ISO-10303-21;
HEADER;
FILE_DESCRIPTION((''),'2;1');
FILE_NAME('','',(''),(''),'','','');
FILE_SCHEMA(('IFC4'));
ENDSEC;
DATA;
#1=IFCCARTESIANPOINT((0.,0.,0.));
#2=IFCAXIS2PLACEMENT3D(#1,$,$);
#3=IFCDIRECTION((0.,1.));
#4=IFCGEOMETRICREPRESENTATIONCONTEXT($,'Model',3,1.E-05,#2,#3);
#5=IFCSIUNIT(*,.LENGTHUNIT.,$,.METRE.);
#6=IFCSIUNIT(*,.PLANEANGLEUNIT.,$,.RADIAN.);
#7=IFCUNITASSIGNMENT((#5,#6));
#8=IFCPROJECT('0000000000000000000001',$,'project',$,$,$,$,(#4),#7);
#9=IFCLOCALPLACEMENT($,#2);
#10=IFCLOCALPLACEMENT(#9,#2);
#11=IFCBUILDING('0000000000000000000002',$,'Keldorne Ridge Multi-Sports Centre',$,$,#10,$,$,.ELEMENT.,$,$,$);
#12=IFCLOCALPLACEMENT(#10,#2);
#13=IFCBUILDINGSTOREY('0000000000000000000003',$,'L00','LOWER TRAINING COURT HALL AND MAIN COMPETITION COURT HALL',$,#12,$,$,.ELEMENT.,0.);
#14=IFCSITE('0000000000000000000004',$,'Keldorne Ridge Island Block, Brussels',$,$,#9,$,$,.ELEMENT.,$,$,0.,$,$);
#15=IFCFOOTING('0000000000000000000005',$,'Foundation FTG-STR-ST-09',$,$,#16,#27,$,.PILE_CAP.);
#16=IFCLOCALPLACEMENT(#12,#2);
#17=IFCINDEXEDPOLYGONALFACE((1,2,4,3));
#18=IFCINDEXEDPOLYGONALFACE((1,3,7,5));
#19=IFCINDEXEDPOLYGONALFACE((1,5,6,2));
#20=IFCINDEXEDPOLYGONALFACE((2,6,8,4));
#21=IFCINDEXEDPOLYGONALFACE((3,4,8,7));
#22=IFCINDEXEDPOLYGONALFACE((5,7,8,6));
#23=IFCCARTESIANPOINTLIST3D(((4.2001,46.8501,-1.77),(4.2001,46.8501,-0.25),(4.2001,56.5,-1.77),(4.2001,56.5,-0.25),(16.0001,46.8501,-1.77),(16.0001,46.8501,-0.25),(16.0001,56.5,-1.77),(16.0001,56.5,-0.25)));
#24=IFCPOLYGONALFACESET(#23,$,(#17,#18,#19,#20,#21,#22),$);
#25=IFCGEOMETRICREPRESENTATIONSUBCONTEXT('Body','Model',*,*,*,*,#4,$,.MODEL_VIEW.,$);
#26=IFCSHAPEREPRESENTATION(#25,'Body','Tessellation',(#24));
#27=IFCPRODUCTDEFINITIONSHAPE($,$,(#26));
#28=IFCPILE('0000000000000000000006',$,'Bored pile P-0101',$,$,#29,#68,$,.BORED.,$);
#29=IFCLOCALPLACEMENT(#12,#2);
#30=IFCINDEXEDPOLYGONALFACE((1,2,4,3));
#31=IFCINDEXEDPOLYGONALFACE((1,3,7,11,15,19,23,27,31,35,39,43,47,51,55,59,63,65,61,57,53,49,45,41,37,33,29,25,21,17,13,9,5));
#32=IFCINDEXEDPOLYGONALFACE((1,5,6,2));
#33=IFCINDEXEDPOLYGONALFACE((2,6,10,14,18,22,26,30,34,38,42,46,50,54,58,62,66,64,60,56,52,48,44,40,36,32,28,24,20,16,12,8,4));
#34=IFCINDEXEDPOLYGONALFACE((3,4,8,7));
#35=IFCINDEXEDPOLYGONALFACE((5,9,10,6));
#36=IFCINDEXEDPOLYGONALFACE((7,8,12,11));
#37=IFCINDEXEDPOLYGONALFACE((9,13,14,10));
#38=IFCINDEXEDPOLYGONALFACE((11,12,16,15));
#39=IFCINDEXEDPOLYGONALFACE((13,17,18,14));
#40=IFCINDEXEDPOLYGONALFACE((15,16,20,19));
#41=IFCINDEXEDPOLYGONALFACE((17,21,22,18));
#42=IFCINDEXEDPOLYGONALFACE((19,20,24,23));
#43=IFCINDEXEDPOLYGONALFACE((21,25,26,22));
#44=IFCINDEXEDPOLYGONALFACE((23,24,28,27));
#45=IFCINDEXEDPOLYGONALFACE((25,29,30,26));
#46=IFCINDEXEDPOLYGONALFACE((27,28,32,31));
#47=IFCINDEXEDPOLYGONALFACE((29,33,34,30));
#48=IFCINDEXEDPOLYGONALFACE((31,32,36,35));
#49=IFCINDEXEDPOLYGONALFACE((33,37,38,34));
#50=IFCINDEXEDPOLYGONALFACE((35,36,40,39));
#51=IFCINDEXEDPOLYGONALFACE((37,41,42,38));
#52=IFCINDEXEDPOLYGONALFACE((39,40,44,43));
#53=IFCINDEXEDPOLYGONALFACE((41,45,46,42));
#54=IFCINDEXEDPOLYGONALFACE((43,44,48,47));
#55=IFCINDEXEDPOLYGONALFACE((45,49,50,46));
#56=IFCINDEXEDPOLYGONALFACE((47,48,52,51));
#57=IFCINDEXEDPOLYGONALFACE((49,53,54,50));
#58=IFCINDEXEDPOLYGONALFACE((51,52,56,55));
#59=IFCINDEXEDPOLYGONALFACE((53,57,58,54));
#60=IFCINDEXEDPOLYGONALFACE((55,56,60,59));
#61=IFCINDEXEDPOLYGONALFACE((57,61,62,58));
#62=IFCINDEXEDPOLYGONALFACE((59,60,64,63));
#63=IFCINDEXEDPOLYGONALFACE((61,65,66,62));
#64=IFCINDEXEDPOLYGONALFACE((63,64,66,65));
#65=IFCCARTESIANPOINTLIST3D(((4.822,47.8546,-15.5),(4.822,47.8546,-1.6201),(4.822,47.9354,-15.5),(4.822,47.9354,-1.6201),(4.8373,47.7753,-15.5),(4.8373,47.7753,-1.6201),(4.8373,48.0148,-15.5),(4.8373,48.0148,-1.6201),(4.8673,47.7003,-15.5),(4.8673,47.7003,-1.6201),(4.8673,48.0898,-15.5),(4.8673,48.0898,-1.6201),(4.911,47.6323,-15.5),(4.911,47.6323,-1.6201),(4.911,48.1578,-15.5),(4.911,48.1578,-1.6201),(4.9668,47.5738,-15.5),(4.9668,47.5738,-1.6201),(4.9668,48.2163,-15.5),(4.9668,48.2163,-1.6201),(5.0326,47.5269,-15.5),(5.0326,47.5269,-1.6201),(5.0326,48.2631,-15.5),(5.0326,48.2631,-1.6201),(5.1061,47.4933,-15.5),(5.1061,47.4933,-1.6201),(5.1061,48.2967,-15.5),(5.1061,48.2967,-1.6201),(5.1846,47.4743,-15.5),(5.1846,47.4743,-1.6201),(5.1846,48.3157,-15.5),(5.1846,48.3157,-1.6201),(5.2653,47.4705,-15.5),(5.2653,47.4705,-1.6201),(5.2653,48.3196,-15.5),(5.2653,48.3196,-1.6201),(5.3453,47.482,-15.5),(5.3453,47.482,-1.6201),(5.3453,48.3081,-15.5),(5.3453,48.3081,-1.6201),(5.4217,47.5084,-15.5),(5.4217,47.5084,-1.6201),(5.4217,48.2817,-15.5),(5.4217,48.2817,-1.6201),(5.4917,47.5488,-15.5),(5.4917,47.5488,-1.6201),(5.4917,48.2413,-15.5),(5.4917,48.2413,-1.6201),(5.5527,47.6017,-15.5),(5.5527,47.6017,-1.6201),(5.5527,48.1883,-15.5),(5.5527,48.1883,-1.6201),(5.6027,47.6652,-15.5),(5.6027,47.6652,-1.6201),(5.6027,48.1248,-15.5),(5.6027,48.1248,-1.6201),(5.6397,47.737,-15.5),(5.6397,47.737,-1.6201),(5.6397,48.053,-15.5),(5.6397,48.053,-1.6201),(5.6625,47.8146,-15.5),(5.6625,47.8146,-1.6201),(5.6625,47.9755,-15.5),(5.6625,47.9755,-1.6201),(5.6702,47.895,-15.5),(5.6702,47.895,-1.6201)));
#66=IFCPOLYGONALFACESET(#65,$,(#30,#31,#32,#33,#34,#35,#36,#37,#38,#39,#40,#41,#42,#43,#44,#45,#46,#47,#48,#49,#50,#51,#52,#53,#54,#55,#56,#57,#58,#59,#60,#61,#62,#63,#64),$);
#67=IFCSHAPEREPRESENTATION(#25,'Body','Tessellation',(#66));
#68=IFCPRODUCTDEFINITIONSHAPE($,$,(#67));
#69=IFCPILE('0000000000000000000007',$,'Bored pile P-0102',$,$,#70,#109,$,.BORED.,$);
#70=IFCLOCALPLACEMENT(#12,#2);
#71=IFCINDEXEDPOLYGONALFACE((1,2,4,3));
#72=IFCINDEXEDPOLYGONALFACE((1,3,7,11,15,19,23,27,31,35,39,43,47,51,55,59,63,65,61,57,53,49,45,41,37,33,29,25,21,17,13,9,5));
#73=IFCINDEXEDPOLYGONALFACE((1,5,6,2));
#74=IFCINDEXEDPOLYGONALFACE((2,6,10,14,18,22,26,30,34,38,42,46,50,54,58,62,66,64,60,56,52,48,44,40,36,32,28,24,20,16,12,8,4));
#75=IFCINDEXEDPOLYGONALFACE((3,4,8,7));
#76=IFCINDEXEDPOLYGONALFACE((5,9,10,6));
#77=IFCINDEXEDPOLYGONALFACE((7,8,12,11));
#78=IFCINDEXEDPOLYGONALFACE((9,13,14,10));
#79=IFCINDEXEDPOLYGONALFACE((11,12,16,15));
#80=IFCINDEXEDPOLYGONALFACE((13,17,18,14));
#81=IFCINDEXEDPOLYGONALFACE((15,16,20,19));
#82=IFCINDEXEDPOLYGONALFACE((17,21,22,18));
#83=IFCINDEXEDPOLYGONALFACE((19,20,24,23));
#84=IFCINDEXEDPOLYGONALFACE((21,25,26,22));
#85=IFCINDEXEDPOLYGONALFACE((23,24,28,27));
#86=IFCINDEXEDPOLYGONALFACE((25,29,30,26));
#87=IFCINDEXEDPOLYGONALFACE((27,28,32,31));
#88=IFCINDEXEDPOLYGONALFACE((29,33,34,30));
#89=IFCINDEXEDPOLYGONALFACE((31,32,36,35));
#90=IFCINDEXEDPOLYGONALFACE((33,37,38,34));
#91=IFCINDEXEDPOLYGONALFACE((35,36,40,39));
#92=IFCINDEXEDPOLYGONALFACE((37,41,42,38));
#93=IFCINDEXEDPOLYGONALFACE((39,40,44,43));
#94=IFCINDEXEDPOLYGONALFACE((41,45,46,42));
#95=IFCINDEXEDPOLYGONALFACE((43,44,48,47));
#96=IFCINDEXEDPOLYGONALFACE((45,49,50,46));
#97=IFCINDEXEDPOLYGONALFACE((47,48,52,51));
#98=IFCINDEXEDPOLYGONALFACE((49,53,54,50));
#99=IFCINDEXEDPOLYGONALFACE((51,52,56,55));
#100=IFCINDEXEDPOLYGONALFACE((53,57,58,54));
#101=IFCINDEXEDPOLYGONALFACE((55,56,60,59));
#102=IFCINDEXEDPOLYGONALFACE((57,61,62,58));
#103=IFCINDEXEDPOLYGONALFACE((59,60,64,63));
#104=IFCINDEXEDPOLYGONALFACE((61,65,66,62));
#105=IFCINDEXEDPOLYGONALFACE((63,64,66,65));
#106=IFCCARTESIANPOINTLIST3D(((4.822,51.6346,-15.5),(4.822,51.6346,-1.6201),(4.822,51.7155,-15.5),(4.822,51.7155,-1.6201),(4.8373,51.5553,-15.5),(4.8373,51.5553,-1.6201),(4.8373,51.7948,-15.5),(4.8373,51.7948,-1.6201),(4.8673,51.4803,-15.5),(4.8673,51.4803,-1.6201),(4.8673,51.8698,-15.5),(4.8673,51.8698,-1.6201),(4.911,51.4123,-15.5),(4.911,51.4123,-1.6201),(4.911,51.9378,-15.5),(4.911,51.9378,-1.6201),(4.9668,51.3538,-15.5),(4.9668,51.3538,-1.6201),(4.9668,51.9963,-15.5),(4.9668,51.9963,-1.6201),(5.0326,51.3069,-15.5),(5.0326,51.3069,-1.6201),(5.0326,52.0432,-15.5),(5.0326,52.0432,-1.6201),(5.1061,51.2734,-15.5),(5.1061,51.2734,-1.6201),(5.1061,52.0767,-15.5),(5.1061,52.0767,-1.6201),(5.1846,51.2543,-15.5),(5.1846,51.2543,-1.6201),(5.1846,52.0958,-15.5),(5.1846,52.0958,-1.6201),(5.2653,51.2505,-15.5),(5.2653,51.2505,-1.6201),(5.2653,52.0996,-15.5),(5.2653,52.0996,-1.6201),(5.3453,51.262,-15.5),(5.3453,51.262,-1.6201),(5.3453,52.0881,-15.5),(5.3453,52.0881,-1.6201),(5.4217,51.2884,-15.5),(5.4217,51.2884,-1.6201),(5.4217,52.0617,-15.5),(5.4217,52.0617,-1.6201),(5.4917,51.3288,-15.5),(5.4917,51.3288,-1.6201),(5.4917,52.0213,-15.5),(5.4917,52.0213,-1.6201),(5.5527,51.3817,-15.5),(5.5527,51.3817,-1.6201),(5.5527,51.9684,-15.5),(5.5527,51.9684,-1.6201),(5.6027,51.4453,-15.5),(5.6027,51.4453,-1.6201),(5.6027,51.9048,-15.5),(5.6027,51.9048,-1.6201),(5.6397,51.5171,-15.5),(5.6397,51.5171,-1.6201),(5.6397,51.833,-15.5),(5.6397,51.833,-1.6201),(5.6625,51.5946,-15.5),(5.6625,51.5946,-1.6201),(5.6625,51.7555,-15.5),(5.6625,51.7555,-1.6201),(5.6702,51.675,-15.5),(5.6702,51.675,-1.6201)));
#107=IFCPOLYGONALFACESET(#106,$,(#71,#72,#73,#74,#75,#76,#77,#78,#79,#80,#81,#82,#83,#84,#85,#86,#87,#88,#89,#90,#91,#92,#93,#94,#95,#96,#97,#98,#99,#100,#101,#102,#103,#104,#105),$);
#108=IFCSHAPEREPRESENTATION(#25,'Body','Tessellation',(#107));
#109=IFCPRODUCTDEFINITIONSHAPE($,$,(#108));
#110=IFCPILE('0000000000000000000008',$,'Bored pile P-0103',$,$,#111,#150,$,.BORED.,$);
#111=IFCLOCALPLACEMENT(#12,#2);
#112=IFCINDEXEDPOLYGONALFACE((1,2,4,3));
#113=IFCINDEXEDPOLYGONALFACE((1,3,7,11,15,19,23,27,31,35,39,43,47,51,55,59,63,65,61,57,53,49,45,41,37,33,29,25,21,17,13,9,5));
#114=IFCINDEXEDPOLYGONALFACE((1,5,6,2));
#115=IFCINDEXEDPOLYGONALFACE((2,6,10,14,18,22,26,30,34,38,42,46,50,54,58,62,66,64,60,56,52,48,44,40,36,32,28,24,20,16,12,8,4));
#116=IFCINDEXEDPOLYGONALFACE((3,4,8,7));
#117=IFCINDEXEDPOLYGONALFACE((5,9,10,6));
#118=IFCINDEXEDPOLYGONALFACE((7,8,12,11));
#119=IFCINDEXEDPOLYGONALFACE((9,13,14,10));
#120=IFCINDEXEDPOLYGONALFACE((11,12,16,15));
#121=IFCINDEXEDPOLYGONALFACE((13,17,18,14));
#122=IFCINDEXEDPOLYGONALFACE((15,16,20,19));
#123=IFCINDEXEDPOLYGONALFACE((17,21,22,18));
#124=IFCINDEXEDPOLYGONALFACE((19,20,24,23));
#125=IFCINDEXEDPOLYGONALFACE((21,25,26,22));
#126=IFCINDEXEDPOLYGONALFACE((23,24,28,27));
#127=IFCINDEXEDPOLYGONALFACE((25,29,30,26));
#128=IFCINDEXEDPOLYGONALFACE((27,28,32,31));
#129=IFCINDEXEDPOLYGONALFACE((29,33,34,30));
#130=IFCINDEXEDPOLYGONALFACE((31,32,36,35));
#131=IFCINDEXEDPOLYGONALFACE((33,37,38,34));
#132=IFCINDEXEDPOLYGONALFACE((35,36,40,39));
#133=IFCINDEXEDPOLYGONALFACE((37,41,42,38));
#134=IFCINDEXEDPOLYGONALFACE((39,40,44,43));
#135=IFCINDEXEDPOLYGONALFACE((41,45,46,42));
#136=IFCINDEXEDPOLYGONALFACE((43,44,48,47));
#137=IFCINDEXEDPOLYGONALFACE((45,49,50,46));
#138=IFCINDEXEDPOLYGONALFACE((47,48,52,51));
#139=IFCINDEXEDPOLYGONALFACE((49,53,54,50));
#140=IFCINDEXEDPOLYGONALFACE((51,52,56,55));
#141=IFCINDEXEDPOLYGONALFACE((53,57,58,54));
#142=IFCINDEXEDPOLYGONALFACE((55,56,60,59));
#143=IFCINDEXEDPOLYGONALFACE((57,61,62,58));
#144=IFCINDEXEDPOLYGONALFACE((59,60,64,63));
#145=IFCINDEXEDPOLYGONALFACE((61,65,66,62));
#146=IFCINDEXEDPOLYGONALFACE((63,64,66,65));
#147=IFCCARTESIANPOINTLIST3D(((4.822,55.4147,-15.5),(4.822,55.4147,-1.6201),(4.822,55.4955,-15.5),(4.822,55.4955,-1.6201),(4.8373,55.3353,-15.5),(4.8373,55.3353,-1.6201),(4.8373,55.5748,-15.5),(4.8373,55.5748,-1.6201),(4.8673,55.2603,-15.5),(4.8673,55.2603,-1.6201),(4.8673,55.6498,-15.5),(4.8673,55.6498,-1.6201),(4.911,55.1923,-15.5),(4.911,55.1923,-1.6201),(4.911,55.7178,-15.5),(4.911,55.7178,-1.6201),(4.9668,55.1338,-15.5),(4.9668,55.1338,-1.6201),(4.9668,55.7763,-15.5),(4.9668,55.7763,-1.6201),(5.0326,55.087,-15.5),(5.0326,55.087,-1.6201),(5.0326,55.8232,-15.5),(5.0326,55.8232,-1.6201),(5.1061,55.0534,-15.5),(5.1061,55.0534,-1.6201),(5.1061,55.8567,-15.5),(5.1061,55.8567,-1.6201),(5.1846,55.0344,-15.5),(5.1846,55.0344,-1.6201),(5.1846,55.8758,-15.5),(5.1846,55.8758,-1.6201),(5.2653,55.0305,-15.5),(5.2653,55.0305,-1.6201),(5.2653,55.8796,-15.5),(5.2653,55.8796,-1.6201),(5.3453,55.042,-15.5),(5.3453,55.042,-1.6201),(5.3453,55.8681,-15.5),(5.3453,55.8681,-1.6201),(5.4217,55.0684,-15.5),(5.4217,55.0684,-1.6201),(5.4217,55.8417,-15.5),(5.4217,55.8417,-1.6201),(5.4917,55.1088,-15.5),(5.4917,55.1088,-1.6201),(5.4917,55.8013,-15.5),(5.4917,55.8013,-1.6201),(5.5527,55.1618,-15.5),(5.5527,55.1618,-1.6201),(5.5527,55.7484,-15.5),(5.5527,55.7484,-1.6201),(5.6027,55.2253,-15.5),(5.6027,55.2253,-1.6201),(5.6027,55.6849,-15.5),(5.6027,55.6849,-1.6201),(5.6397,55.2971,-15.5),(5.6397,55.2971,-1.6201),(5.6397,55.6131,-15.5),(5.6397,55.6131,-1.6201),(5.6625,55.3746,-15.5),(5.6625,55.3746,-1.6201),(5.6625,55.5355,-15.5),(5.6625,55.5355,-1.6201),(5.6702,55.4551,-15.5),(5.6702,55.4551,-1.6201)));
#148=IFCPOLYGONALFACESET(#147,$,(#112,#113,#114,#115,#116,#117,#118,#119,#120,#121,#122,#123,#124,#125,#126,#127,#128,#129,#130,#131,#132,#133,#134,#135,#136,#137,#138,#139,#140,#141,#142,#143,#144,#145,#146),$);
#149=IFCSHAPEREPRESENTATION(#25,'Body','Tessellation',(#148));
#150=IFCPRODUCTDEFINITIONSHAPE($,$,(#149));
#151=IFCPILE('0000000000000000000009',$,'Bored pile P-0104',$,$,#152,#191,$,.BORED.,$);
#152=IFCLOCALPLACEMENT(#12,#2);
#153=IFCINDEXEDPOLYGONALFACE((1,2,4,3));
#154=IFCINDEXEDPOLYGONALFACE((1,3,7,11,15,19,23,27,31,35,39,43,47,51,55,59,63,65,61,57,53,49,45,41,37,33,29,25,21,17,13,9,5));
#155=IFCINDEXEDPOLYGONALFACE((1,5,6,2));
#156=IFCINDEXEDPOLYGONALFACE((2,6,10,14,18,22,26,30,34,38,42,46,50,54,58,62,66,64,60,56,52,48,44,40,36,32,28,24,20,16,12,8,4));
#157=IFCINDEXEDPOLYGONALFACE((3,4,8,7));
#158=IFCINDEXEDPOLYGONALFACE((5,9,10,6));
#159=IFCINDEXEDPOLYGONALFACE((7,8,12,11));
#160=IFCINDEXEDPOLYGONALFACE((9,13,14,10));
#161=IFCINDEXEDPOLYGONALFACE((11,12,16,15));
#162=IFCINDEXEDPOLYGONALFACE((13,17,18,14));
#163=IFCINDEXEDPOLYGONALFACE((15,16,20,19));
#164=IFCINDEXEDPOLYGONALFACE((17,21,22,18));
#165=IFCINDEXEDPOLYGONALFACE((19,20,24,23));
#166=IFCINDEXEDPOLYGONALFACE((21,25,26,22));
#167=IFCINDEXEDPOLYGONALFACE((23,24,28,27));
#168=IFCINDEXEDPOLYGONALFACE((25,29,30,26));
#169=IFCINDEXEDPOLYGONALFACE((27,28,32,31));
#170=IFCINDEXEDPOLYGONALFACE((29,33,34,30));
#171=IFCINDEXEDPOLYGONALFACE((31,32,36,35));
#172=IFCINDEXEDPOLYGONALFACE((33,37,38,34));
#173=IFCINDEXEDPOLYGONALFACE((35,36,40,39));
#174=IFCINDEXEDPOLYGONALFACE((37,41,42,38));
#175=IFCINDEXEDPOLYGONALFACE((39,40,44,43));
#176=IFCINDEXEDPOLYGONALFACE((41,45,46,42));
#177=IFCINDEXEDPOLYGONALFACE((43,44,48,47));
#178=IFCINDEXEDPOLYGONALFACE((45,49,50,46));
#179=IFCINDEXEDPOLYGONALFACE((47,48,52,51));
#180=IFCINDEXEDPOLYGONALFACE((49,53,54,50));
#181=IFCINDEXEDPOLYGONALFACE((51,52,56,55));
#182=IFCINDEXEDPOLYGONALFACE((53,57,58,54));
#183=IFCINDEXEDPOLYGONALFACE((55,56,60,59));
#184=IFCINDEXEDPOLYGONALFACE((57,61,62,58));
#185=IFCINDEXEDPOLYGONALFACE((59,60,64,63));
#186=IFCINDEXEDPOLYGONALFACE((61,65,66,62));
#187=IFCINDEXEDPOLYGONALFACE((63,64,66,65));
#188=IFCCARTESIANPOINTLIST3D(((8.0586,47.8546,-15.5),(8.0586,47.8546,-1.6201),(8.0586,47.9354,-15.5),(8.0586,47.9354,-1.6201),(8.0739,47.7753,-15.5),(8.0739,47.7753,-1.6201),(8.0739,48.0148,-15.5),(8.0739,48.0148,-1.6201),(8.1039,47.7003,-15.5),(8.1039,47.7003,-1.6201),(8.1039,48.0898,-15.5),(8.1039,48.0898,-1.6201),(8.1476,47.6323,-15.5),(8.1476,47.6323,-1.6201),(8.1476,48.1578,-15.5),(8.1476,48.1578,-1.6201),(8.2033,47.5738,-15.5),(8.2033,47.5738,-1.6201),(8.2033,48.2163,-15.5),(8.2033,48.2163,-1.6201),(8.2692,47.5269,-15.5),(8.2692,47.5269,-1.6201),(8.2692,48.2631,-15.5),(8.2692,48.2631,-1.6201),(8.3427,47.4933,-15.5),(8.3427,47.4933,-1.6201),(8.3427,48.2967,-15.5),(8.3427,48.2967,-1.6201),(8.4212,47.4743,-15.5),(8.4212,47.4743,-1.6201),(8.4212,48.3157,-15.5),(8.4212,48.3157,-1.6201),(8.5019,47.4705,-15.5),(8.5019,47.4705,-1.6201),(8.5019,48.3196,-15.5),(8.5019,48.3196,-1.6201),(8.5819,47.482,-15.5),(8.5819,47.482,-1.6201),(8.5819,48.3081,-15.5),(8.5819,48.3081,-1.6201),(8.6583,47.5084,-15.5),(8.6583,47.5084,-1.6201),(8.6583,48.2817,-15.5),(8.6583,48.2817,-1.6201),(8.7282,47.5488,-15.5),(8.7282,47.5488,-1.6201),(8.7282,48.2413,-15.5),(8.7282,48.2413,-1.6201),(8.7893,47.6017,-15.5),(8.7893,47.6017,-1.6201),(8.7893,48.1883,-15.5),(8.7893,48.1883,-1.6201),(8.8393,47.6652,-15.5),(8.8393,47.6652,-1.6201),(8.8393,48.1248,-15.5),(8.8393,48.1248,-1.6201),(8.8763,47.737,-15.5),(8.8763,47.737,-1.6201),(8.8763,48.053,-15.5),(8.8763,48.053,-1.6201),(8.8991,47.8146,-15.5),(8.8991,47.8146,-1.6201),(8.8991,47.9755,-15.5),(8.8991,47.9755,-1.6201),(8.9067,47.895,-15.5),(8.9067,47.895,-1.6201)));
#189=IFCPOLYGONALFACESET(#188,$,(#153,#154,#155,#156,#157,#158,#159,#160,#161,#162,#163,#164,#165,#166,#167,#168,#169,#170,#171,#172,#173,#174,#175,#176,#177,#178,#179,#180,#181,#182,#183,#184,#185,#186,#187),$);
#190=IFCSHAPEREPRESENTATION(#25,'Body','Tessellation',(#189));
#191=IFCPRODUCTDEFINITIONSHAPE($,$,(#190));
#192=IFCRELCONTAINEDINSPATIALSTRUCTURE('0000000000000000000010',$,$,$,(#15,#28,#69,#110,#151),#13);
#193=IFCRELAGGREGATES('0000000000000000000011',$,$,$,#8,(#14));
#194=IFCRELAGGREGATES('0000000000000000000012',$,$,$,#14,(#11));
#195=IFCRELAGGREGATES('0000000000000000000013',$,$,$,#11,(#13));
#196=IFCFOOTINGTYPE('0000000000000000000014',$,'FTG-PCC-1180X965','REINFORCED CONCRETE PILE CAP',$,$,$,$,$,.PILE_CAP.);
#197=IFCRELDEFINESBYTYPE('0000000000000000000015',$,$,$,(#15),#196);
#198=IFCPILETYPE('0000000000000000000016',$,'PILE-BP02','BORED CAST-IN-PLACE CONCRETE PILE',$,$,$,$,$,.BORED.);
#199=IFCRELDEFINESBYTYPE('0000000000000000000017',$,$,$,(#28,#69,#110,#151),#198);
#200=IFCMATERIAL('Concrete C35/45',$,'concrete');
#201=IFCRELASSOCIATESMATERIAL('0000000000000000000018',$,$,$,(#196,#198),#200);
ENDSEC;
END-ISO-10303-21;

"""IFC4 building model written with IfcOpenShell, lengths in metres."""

from ifc_helpers import new_model, si_unit, direction, frame, origin, origin_2d, place, context, subcontext, project, spatial, rectangle, circle, extrude, material, material_profile, profile_set, type_object, element, save


model = new_model("IFC4")

# Units and contexts
model_context = context("Model", 3, precision=1e-05, world=origin(), true_north=direction((0.0, 1.0)))
body_context = subcontext(model_context, "Body", "Model", "MODEL_VIEW")
ifc_project = project(units=[si_unit("LENGTHUNIT", "METRE"), si_unit("PLANEANGLEUNIT", "RADIAN")], contexts=[model_context])

# Site, building, storey
site_placement = place(None, origin())
site = spatial("IfcSite", under=ifc_project, at=site_placement, Name="Keldorne Ridge Island Block, Brussels", CompositionType="ELEMENT", RefElevation=0.0)
building_placement = place(site_placement, origin())
building = spatial("IfcBuilding", under=site, at=building_placement, Name="Keldorne Ridge Multi-Sports Centre", CompositionType="ELEMENT")
storey_placement = place(building_placement, origin())
storey = spatial("IfcBuildingStorey", under=building, at=storey_placement, Name="L00", Description="LOWER TRAINING COURT HALL AND MAIN COMPETITION COURT HALL", CompositionType="ELEMENT", Elevation=0.0)

# Footing
ifc_material_1 = material(Name="Concrete C35/45", Category="concrete")
footing_type = type_object("IfcFootingType", Name="FTG-PCC-1180X965", Description="REINFORCED CONCRETE PILE CAP", PredefinedType="PILE_CAP", material=ifc_material_1)
footing_placement = place(storey_placement, frame((10.1001, 51.675, -1.77), z_axis=(0.0, 0.0, 1.0), x_axis=(1.0, 0.0, 0.0)))
element("IfcFooting", 1, at=footing_placement, inside=storey, type_object=footing_type, Name="Foundation FTG-STR-ST-09", PredefinedType="PILE_CAP", context=body_context, shape_type="SweptSolid", body=[
    extrude(rectangle(XDim=11.8, YDim=9.6499, at=origin_2d()), origin(), (0.0, 0.0, 1.0), 1.52),
])

# Piles
ifc_material_profile_1 = material_profile(ifc_material_1, circle(Radius=0.425, at=origin_2d()), Name="BORED PILE D850")
ifc_profile_set_1 = profile_set([ifc_material_profile_1], Name="Concrete C35/45")
pile_type = type_object("IfcPileType", Name="PILE-BP02", Description="BORED CAST-IN-PLACE CONCRETE PILE", PredefinedType="BORED", material=ifc_profile_set_1)
for number, where, z_axis, x_axis, name in (
    (2, (5.2451, 47.895, -1.6201), (0.0, 0.0, -1.0), (1.0, 0.0, 0.0), "Bored pile P-0101"),
    (3, (5.2451, 51.675, -1.6201), (0.0, 0.0, -1.0), (1.0, 0.0, 0.0), "Bored pile P-0102"),
    (4, (5.2451, 55.4551, -1.6201), (0.0, 0.0, -1.0), (1.0, 0.0, 0.0), "Bored pile P-0103"),
    (5, (8.4817, 47.895, -1.6201), (0.0, 0.0, -1.0), (1.0, 0.0, 0.0), "Bored pile P-0104"),
):
    element("IfcPile", number, at=place(storey_placement, frame(where, z_axis=z_axis, x_axis=x_axis)), inside=storey, type_object=pile_type, Name=name, PredefinedType="BORED", context=body_context, shape_type="SweptSolid", body=[
        extrude(circle(Radius=0.425, at=origin_2d()), origin(), (0.0, 0.0, 1.0), 13.8799),
    ])

save(model, "model.ifc")
